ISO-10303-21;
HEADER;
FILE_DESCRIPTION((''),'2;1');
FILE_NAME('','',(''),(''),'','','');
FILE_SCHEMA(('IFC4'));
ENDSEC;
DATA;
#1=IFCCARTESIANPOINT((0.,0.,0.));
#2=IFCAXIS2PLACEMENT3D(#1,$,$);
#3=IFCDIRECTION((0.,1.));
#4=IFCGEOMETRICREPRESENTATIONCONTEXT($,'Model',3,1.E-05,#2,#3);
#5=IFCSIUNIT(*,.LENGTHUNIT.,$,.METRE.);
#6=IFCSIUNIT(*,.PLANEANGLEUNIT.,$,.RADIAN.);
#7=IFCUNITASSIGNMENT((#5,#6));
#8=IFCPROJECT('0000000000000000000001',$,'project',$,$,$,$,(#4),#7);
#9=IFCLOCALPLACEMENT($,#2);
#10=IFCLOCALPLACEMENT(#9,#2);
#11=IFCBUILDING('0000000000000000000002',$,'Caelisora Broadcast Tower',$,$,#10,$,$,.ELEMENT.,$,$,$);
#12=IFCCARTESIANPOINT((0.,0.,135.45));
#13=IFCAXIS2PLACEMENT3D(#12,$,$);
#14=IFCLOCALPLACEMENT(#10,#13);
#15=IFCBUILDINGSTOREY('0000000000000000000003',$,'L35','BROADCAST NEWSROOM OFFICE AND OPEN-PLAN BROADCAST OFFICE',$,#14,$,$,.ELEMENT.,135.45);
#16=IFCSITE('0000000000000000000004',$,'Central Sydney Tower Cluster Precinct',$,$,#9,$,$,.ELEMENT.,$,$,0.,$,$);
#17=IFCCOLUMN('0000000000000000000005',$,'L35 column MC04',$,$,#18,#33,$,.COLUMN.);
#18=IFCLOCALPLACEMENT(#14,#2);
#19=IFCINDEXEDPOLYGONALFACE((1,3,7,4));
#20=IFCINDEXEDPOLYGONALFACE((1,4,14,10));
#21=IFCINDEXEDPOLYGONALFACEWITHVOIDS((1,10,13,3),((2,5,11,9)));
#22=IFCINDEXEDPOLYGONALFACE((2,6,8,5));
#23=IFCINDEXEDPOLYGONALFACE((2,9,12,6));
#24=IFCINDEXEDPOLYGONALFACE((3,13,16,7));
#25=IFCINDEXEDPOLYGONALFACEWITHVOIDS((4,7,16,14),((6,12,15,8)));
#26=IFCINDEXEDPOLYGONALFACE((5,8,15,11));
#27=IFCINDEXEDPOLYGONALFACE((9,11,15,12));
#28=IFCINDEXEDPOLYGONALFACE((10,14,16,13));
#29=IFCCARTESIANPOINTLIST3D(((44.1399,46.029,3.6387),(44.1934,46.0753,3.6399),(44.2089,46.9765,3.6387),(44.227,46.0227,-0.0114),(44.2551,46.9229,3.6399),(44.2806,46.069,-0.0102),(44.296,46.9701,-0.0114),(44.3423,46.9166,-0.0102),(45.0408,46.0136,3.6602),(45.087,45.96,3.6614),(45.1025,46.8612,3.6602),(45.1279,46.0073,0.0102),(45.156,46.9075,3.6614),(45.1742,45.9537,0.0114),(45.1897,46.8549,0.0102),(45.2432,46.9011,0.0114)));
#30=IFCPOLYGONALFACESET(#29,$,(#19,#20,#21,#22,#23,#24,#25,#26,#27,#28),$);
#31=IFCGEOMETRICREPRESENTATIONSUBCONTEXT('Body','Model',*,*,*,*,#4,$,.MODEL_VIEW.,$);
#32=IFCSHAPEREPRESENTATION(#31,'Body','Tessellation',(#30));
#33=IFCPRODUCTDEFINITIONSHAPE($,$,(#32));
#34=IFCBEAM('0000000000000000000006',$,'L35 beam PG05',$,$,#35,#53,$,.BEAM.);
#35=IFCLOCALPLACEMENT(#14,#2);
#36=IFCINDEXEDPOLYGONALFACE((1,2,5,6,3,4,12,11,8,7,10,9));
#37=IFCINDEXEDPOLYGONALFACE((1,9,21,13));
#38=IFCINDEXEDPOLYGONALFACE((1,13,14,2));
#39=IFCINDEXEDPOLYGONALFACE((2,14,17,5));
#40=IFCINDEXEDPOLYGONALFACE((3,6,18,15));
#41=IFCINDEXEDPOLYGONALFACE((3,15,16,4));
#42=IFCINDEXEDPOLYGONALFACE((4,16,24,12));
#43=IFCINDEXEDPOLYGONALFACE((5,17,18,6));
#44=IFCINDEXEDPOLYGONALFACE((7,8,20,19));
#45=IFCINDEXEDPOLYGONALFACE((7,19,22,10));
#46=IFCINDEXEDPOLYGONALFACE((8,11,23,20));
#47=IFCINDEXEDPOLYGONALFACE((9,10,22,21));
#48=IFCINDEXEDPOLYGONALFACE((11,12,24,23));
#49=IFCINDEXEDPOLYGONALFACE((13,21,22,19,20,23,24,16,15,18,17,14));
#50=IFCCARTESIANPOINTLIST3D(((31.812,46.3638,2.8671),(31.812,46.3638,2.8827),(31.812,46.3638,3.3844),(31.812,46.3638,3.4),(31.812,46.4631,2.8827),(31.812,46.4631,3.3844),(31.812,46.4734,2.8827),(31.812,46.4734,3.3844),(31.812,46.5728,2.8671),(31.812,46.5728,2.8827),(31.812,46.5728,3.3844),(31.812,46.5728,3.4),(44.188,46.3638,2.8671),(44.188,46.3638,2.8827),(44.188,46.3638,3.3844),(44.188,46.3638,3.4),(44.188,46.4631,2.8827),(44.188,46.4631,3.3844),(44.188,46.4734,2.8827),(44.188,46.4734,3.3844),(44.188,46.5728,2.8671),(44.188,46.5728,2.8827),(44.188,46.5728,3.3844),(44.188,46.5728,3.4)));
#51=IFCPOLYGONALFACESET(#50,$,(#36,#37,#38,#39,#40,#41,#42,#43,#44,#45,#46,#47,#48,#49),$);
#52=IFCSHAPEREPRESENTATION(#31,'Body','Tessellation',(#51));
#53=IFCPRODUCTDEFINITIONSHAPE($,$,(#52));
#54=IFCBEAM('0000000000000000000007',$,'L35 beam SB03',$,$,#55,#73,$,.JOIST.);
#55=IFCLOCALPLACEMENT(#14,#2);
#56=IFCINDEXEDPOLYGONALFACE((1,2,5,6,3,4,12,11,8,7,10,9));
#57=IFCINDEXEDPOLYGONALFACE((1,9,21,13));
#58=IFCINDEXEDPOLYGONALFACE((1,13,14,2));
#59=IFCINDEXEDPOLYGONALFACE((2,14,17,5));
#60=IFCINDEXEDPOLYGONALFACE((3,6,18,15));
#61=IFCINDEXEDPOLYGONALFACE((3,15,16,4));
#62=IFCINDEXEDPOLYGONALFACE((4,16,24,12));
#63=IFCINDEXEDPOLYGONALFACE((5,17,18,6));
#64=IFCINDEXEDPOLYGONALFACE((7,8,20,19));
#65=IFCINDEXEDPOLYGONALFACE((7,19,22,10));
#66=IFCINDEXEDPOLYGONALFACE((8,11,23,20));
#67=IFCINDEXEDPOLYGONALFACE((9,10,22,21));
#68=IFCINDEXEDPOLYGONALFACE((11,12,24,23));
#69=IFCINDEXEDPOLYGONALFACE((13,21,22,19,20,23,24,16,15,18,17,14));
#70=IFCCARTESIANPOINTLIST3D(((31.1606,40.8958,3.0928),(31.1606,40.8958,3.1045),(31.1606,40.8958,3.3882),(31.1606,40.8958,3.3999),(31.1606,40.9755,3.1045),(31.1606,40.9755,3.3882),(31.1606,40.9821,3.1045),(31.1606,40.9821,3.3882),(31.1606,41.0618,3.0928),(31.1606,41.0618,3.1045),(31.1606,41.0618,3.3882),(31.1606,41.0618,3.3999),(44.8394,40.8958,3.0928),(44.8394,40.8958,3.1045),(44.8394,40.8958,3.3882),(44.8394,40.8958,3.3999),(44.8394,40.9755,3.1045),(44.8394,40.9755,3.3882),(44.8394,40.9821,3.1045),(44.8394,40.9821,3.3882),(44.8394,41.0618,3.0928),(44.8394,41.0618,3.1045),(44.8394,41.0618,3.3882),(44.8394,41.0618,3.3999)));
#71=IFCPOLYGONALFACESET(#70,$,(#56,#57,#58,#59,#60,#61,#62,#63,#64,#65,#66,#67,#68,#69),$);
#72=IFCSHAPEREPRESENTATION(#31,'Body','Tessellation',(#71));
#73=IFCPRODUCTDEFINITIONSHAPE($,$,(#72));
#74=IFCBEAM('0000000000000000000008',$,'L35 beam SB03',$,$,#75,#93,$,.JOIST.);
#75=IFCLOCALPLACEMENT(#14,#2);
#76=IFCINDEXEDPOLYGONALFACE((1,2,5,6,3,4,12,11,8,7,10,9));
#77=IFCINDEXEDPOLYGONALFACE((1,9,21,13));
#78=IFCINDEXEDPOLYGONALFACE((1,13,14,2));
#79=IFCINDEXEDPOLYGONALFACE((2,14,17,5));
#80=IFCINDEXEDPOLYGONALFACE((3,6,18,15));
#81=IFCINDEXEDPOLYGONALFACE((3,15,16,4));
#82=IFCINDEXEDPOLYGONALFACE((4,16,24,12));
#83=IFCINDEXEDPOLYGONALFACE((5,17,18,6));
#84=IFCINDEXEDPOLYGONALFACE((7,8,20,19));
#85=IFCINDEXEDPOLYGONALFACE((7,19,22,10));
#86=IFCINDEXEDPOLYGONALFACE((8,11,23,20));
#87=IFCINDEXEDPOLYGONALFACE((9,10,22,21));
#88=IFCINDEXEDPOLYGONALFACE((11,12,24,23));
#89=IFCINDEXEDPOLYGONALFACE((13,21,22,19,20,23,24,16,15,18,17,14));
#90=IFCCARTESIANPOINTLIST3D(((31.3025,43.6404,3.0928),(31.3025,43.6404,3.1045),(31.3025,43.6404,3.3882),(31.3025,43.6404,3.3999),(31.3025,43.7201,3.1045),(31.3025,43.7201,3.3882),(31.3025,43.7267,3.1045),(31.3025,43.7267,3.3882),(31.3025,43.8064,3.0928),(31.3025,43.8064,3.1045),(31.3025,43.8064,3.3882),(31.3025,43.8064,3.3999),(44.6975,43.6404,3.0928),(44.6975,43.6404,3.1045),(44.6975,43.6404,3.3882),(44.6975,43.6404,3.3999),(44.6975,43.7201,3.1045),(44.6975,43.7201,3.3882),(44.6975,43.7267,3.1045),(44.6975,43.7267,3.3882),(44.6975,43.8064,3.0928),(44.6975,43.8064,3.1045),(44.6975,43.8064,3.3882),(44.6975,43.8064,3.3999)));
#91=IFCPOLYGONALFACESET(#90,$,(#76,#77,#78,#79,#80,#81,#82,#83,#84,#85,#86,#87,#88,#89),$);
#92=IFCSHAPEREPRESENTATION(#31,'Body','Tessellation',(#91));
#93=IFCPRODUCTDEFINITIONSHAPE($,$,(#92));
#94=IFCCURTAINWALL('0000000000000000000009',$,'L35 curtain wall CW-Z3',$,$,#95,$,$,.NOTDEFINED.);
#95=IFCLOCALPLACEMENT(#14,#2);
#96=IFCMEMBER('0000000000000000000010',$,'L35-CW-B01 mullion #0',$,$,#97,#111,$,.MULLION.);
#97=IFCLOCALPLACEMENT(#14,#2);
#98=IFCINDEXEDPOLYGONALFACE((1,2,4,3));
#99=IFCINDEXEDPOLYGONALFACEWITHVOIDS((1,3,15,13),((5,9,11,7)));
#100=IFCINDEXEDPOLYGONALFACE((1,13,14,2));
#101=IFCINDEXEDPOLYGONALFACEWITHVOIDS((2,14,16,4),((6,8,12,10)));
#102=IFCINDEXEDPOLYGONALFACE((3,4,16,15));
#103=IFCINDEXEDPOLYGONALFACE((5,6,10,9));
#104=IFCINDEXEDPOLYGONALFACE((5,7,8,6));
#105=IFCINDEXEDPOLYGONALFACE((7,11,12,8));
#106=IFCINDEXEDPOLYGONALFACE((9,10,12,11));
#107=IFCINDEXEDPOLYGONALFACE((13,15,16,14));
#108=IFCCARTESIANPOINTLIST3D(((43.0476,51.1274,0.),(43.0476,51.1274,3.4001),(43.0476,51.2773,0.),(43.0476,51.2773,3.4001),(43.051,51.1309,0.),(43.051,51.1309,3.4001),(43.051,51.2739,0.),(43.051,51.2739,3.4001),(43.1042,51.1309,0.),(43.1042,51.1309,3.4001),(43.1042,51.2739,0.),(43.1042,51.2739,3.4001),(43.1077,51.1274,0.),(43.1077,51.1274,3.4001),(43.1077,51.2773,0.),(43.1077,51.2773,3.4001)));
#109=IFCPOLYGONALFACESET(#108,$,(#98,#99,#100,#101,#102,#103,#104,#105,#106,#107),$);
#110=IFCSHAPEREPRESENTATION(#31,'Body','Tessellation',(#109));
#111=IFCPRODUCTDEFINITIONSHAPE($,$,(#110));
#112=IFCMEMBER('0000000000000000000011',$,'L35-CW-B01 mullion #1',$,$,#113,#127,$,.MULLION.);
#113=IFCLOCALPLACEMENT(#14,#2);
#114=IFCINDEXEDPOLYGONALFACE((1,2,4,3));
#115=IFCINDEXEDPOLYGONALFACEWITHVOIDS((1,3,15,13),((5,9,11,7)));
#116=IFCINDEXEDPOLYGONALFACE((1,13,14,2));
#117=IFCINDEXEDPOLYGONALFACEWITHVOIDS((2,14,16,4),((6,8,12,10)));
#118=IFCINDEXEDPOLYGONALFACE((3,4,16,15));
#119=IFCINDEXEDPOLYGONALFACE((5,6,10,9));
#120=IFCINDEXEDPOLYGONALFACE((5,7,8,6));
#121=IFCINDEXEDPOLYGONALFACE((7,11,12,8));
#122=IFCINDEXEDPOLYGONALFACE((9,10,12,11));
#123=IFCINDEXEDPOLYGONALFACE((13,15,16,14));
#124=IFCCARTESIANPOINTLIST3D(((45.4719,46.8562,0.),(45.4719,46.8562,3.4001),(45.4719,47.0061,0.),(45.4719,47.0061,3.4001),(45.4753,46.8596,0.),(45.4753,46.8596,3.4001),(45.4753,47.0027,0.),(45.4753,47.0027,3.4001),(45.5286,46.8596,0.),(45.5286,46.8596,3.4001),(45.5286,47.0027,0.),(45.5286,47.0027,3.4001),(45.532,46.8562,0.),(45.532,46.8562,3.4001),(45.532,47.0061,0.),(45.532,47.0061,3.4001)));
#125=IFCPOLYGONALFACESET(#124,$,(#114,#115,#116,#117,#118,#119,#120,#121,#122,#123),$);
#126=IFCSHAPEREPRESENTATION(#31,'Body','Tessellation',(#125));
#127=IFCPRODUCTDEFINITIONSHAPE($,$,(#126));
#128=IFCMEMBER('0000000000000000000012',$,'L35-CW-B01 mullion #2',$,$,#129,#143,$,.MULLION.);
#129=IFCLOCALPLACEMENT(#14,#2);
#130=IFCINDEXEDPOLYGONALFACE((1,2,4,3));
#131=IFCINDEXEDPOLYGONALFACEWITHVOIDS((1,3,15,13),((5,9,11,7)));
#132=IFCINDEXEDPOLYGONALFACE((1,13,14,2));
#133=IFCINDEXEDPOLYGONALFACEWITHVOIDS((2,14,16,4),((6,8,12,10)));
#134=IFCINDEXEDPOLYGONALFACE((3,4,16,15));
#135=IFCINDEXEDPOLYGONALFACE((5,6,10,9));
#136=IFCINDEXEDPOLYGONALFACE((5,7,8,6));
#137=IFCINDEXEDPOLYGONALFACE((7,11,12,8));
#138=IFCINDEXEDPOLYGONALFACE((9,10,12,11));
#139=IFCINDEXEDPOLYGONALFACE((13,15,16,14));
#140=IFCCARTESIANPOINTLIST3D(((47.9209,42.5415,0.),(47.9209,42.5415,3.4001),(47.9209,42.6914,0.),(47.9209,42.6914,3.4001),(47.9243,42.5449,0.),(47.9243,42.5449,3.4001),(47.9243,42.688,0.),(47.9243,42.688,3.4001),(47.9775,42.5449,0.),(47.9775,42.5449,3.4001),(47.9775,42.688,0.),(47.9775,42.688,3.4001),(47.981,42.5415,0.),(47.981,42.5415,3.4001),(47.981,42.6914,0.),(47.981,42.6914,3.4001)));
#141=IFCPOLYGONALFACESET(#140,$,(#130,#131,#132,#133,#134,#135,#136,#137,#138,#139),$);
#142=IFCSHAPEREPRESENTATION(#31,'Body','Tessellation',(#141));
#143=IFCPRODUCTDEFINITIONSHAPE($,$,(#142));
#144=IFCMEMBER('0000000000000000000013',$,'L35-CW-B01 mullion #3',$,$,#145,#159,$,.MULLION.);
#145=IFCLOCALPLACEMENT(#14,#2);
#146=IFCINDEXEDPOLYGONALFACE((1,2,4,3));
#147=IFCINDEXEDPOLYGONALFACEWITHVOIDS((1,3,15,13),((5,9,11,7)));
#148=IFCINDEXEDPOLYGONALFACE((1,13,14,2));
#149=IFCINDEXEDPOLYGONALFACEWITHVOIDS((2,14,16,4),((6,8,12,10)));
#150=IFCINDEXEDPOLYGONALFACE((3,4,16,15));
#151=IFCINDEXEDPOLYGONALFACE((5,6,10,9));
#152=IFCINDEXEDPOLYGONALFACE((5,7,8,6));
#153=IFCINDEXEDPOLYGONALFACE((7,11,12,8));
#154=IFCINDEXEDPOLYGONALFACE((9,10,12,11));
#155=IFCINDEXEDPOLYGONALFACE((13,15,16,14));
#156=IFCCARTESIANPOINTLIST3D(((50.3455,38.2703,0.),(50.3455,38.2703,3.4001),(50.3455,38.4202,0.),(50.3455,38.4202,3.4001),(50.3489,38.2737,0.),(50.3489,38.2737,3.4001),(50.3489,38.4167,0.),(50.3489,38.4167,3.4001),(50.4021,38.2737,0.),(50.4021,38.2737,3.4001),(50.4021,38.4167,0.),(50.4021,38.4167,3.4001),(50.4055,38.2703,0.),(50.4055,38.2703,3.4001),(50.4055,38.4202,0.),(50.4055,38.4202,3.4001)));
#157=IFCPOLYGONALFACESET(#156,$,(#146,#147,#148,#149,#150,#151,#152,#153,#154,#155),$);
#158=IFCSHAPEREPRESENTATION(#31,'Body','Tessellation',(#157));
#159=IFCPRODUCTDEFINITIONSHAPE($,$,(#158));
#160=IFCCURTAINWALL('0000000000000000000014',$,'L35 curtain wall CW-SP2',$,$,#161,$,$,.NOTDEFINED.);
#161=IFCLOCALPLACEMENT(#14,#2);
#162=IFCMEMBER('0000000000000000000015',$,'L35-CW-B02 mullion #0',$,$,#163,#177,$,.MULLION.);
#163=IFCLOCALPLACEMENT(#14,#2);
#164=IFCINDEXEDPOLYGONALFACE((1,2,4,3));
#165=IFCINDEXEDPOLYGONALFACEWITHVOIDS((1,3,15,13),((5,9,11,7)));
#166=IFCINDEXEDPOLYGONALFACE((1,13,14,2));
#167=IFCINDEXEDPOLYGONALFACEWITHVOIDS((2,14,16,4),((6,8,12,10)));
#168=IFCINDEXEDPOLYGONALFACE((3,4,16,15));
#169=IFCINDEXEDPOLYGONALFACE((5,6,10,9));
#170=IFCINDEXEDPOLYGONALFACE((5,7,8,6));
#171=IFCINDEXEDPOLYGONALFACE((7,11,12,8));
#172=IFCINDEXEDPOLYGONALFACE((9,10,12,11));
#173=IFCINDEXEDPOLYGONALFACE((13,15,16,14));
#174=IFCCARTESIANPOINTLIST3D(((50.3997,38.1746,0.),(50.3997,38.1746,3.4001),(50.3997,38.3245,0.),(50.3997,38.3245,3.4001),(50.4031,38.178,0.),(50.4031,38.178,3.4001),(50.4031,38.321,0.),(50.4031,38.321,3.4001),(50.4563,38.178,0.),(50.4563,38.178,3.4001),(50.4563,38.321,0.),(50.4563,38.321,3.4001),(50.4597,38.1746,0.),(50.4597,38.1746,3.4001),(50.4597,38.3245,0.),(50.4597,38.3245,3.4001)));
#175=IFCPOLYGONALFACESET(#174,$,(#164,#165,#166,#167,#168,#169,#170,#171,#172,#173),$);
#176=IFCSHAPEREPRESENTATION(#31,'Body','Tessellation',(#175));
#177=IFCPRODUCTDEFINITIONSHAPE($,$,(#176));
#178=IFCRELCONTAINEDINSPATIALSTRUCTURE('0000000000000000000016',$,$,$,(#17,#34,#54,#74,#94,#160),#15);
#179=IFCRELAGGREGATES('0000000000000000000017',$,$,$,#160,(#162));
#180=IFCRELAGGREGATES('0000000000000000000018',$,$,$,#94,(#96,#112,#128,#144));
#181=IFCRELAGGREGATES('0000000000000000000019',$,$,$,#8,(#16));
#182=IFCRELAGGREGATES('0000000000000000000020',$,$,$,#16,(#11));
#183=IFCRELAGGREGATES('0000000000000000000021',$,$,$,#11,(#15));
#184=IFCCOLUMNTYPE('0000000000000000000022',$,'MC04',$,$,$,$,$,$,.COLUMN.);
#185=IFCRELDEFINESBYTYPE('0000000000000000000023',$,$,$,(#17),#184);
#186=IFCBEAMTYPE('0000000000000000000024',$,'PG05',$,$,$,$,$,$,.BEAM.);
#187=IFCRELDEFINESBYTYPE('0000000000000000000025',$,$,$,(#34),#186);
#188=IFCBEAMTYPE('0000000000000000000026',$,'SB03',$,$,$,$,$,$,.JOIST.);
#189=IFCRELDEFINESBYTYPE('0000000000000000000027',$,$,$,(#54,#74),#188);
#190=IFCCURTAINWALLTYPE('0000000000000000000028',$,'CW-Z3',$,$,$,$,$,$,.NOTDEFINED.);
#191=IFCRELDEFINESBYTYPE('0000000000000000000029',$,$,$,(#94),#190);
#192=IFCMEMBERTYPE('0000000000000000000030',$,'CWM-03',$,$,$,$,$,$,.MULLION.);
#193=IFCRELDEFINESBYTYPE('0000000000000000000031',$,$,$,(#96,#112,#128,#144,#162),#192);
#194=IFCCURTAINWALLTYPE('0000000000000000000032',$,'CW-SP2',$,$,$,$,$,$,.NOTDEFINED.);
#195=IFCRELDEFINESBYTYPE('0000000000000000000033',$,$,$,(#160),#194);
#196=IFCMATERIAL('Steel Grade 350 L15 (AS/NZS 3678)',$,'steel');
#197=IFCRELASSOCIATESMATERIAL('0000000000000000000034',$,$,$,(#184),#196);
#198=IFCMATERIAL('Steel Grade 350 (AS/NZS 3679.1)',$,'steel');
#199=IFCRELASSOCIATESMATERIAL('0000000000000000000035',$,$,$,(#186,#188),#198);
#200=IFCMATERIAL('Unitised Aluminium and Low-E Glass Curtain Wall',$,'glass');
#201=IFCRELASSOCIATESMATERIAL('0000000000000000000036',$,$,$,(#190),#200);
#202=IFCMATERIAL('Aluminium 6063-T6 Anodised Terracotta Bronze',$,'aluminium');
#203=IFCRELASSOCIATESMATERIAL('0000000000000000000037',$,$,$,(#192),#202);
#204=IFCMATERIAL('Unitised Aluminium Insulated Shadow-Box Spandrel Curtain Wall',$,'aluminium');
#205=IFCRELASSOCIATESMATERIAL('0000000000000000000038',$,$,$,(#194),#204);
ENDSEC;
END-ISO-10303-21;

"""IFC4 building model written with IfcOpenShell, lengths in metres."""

from ifc_helpers import new_model, si_unit, direction, frame, origin, origin_2d, place, context, subcontext, project, spatial, hollow_rectangle, i_section, extrude, source, transform, mapped, material, material_profile, profile_set, type_object, type_shapes, element, aggregate, save


model = new_model("IFC4")

# Units and contexts
model_context = context("Model", 3, precision=1e-05, world=origin(), true_north=direction((0.0, 1.0)))
body_context = subcontext(model_context, "Body", "Model", "MODEL_VIEW")
ifc_project = project(units=[si_unit("LENGTHUNIT", "METRE"), si_unit("PLANEANGLEUNIT", "RADIAN")], contexts=[model_context])

# Site, building, storey
site_placement = place(None, origin())
site = spatial("IfcSite", under=ifc_project, at=site_placement, Name="Central Sydney Tower Cluster Precinct", CompositionType="ELEMENT", RefElevation=0.0)
building_placement = place(site_placement, origin())
building = spatial("IfcBuilding", under=site, at=building_placement, Name="Caelisora Broadcast Tower", CompositionType="ELEMENT")
storey_placement = place(building_placement, frame((0.0, 0.0, 135.45)))
storey = spatial("IfcBuildingStorey", under=building, at=storey_placement, Name="L35", Description="BROADCAST NEWSROOM OFFICE AND OPEN-PLAN BROADCAST OFFICE", CompositionType="ELEMENT", Elevation=135.45)

# Column
ifc_material_1 = material(Name="Steel Grade 350 L15 (AS/NZS 3678)", Category="steel")
ifc_material_profile_1 = material_profile(ifc_material_1, hollow_rectangle(XDim=0.95, YDim=0.95, WallThickness=0.05, at=origin_2d()), Name="Steel Grade 350 L15 (AS/NZS 3678)")
ifc_profile_set_1 = profile_set([ifc_material_profile_1], Name="Steel Grade 350 L15 (AS/NZS 3678)")
column_type = type_object("IfcColumnType", Name="MC04", PredefinedType="COLUMN", material=ifc_profile_set_1)
shared_shape_1 = source(origin(), body_context, "Body", "SweptSolid", [
    extrude(hollow_rectangle(XDim=0.95, YDim=0.95, WallThickness=0.05, at=origin_2d()), origin(), (0.0, 0.0, 1.0), 3.6511),
])
type_shapes(column_type, [shared_shape_1])
column_placement = place(storey_placement, frame((44.7351, 46.4619, 0.0), z_axis=(-0.023871, 0.001739, 0.999714), x_axis=(-0.072637, -0.997358, 0.0)))
element("IfcColumn", 1, at=column_placement, inside=storey, type_object=column_type, Name="L35 column MC04", PredefinedType="COLUMN", context=body_context, shape_type="MappedRepresentation", body=[
    mapped(shared_shape_1, transform((0.0, 0.0, 0.0), scale=1.0)),
])

# Beams
ifc_material_2 = material(Name="Steel Grade 350 (AS/NZS 3679.1)", Category="steel")
ifc_material_profile_2 = material_profile(ifc_material_2, i_section(OverallWidth=0.209, OverallDepth=0.533, WebThickness=0.0103, FlangeThickness=0.0156, at=origin_2d()), Name="Steel Grade 350 (AS/NZS 3679.1)")
ifc_profile_set_2 = profile_set([ifc_material_profile_2], Name="Steel Grade 350 (AS/NZS 3679.1)")
beam_type_1 = type_object("IfcBeamType", Name="PG05", PredefinedType="BEAM", material=ifc_profile_set_2)
shared_shape_2 = source(origin(), body_context, "Body", "SweptSolid", [
    extrude(i_section(OverallWidth=0.209, OverallDepth=0.533, WebThickness=0.0103, FlangeThickness=0.0156, at=origin_2d()), origin(), (0.0, 0.0, 1.0), 12.376),
])
type_shapes(beam_type_1, [shared_shape_2])
beam_1_placement = place(storey_placement, frame((44.188, 46.4683, 3.1335), z_axis=(-1.0, 0.0, 0.0), x_axis=(0.0, -1.0, 0.0)))
element("IfcBeam", 2, at=beam_1_placement, inside=storey, type_object=beam_type_1, Name="L35 beam PG05", PredefinedType="BEAM", context=body_context, shape_type="MappedRepresentation", body=[
    mapped(shared_shape_2, transform((0.0, 0.0, 0.0), scale=1.0)),
])
ifc_material_profile_3 = material_profile(ifc_material_2, i_section(OverallWidth=0.166, OverallDepth=0.3071, WebThickness=0.0066, FlangeThickness=0.0117, at=origin_2d()), Name="Steel Grade 350 (AS/NZS 3679.1)")
ifc_profile_set_3 = profile_set([ifc_material_profile_3], Name="Steel Grade 350 (AS/NZS 3679.1)")
beam_type_2 = type_object("IfcBeamType", Name="SB03", PredefinedType="JOIST", material=ifc_profile_set_3)
shared_shape_3 = source(origin(), body_context, "Body", "SweptSolid", [
    extrude(i_section(OverallWidth=0.166, OverallDepth=0.3071, WebThickness=0.0066, FlangeThickness=0.0117, at=origin_2d()), origin(), (0.0, 0.0, 1.0), 13.6787),
])
beam_2_placement = place(storey_placement, frame((44.8394, 40.9788, 3.2463), z_axis=(-1.0, 0.0, 0.0), x_axis=(0.0, -1.0, 0.0)))
element("IfcBeam", 3, at=beam_2_placement, inside=storey, type_object=beam_type_2, Name="L35 beam SB03", PredefinedType="JOIST", context=body_context, shape_type="MappedRepresentation", body=[
    mapped(shared_shape_3, transform((0.0, 0.0, 0.0), scale=1.0)),
])
shared_shape_4 = source(origin(), body_context, "Body", "SweptSolid", [
    extrude(i_section(OverallWidth=0.166, OverallDepth=0.3071, WebThickness=0.0066, FlangeThickness=0.0117, at=origin_2d()), origin(), (0.0, 0.0, 1.0), 13.395),
])
type_shapes(beam_type_2, [shared_shape_3, shared_shape_4])
beam_3_placement = place(storey_placement, frame((44.6975, 43.7234, 3.2463), z_axis=(-1.0, 0.0, 0.0), x_axis=(0.0, -1.0, 0.0)))
element("IfcBeam", 4, at=beam_3_placement, inside=storey, type_object=beam_type_2, Name="L35 beam SB03", PredefinedType="JOIST", context=body_context, shape_type="MappedRepresentation", body=[
    mapped(shared_shape_4, transform((0.0, 0.0, 0.0), scale=1.0)),
])

# Curtain wall, members
ifc_material_3 = material(Name="Unitised Aluminium and Low-E Glass Curtain Wall", Category="glass")
curtain_wall_type_1 = type_object("IfcCurtainWallType", Name="CW-Z3", PredefinedType="NOTDEFINED", material=ifc_material_3)
curtain_wall_1_placement = place(storey_placement, origin())
curtain_wall_1 = element("IfcCurtainWall", 5, at=curtain_wall_1_placement, inside=storey, type_object=curtain_wall_type_1, Name="L35 curtain wall CW-Z3", PredefinedType="NOTDEFINED")
ifc_material_4 = material(Name="Aluminium 6063-T6 Anodised Terracotta Bronze", Category="aluminium")
ifc_material_profile_4 = material_profile(ifc_material_4, hollow_rectangle(XDim=0.0601, YDim=0.1499, WallThickness=0.0034, at=origin_2d()), Name="Aluminium 6063-T6 Anodised Terracotta Bronze")
ifc_profile_set_4 = profile_set([ifc_material_profile_4], Name="Aluminium 6063-T6 Anodised Terracotta Bronze")
member_type_1 = type_object("IfcMemberType", Name="CWM-03", PredefinedType="MULLION", material=ifc_profile_set_4)
shared_shape_5 = source(origin(), body_context, "Body", "SweptSolid", [
    extrude(hollow_rectangle(XDim=0.0601, YDim=0.1499, WallThickness=0.0034, at=origin_2d()), origin(), (0.0, 0.0, 1.0), 3.4001),
])
type_shapes(member_type_1, [shared_shape_5])
member_1_placement = place(storey_placement, frame((43.0776, 51.2024, 0.0), z_axis=(0.0, 0.0, 1.0), x_axis=(1.0, 0.0, 0.0)))
member_1 = element("IfcMember", 6, at=member_1_placement, type_object=member_type_1, Name="L35-CW-B01 mullion #0", PredefinedType="MULLION", context=body_context, shape_type="MappedRepresentation", body=[
    mapped(shared_shape_5, transform((0.0, 0.0, 0.0), scale=1.0)),
])
member_2_placement = place(storey_placement, frame((45.502, 46.9312, 0.0), z_axis=(0.0, 0.0, 1.0), x_axis=(1.0, 0.0, 0.0)))
member_2 = element("IfcMember", 7, at=member_2_placement, type_object=member_type_1, Name="L35-CW-B01 mullion #1", PredefinedType="MULLION", context=body_context, shape_type="MappedRepresentation", body=[
    mapped(shared_shape_5, transform((0.0, 0.0, 0.0), scale=1.0)),
])
member_3_placement = place(storey_placement, frame((47.9509, 42.6165, 0.0), z_axis=(0.0, 0.0, 1.0), x_axis=(1.0, 0.0, 0.0)))
member_3 = element("IfcMember", 8, at=member_3_placement, type_object=member_type_1, Name="L35-CW-B01 mullion #2", PredefinedType="MULLION", context=body_context, shape_type="MappedRepresentation", body=[
    mapped(shared_shape_5, transform((0.0, 0.0, 0.0), scale=1.0)),
])
member_4_placement = place(storey_placement, frame((50.3755, 38.3452, 0.0), z_axis=(0.0, 0.0, 1.0), x_axis=(1.0, 0.0, 0.0)))
member_4 = element("IfcMember", 9, at=member_4_placement, type_object=member_type_1, Name="L35-CW-B01 mullion #3", PredefinedType="MULLION", context=body_context, shape_type="MappedRepresentation", body=[
    mapped(shared_shape_5, transform((0.0, 0.0, 0.0), scale=1.0)),
])

# Curtain wall, member
ifc_material_5 = material(Name="Unitised Aluminium Insulated Shadow-Box Spandrel Curtain Wall", Category="aluminium")
curtain_wall_type_2 = type_object("IfcCurtainWallType", Name="CW-SP2", PredefinedType="NOTDEFINED", material=ifc_material_5)
curtain_wall_2_placement = place(storey_placement, origin())
curtain_wall_2 = element("IfcCurtainWall", 10, at=curtain_wall_2_placement, inside=storey, type_object=curtain_wall_type_2, Name="L35 curtain wall CW-SP2", PredefinedType="NOTDEFINED")
member_5_placement = place(storey_placement, frame((50.4297, 38.2495, 0.0), z_axis=(0.0, 0.0, 1.0), x_axis=(1.0, 0.0, 0.0)))
member_5 = element("IfcMember", 11, at=member_5_placement, type_object=member_type_1, Name="L35-CW-B02 mullion #0", PredefinedType="MULLION", context=body_context, shape_type="MappedRepresentation", body=[
    mapped(shared_shape_5, transform((0.0, 0.0, 0.0), scale=1.0)),
])

aggregate(curtain_wall_2, [member_5])

aggregate(curtain_wall_1, [member_1, member_2, member_3, member_4])

save(model, "model.ifc")
